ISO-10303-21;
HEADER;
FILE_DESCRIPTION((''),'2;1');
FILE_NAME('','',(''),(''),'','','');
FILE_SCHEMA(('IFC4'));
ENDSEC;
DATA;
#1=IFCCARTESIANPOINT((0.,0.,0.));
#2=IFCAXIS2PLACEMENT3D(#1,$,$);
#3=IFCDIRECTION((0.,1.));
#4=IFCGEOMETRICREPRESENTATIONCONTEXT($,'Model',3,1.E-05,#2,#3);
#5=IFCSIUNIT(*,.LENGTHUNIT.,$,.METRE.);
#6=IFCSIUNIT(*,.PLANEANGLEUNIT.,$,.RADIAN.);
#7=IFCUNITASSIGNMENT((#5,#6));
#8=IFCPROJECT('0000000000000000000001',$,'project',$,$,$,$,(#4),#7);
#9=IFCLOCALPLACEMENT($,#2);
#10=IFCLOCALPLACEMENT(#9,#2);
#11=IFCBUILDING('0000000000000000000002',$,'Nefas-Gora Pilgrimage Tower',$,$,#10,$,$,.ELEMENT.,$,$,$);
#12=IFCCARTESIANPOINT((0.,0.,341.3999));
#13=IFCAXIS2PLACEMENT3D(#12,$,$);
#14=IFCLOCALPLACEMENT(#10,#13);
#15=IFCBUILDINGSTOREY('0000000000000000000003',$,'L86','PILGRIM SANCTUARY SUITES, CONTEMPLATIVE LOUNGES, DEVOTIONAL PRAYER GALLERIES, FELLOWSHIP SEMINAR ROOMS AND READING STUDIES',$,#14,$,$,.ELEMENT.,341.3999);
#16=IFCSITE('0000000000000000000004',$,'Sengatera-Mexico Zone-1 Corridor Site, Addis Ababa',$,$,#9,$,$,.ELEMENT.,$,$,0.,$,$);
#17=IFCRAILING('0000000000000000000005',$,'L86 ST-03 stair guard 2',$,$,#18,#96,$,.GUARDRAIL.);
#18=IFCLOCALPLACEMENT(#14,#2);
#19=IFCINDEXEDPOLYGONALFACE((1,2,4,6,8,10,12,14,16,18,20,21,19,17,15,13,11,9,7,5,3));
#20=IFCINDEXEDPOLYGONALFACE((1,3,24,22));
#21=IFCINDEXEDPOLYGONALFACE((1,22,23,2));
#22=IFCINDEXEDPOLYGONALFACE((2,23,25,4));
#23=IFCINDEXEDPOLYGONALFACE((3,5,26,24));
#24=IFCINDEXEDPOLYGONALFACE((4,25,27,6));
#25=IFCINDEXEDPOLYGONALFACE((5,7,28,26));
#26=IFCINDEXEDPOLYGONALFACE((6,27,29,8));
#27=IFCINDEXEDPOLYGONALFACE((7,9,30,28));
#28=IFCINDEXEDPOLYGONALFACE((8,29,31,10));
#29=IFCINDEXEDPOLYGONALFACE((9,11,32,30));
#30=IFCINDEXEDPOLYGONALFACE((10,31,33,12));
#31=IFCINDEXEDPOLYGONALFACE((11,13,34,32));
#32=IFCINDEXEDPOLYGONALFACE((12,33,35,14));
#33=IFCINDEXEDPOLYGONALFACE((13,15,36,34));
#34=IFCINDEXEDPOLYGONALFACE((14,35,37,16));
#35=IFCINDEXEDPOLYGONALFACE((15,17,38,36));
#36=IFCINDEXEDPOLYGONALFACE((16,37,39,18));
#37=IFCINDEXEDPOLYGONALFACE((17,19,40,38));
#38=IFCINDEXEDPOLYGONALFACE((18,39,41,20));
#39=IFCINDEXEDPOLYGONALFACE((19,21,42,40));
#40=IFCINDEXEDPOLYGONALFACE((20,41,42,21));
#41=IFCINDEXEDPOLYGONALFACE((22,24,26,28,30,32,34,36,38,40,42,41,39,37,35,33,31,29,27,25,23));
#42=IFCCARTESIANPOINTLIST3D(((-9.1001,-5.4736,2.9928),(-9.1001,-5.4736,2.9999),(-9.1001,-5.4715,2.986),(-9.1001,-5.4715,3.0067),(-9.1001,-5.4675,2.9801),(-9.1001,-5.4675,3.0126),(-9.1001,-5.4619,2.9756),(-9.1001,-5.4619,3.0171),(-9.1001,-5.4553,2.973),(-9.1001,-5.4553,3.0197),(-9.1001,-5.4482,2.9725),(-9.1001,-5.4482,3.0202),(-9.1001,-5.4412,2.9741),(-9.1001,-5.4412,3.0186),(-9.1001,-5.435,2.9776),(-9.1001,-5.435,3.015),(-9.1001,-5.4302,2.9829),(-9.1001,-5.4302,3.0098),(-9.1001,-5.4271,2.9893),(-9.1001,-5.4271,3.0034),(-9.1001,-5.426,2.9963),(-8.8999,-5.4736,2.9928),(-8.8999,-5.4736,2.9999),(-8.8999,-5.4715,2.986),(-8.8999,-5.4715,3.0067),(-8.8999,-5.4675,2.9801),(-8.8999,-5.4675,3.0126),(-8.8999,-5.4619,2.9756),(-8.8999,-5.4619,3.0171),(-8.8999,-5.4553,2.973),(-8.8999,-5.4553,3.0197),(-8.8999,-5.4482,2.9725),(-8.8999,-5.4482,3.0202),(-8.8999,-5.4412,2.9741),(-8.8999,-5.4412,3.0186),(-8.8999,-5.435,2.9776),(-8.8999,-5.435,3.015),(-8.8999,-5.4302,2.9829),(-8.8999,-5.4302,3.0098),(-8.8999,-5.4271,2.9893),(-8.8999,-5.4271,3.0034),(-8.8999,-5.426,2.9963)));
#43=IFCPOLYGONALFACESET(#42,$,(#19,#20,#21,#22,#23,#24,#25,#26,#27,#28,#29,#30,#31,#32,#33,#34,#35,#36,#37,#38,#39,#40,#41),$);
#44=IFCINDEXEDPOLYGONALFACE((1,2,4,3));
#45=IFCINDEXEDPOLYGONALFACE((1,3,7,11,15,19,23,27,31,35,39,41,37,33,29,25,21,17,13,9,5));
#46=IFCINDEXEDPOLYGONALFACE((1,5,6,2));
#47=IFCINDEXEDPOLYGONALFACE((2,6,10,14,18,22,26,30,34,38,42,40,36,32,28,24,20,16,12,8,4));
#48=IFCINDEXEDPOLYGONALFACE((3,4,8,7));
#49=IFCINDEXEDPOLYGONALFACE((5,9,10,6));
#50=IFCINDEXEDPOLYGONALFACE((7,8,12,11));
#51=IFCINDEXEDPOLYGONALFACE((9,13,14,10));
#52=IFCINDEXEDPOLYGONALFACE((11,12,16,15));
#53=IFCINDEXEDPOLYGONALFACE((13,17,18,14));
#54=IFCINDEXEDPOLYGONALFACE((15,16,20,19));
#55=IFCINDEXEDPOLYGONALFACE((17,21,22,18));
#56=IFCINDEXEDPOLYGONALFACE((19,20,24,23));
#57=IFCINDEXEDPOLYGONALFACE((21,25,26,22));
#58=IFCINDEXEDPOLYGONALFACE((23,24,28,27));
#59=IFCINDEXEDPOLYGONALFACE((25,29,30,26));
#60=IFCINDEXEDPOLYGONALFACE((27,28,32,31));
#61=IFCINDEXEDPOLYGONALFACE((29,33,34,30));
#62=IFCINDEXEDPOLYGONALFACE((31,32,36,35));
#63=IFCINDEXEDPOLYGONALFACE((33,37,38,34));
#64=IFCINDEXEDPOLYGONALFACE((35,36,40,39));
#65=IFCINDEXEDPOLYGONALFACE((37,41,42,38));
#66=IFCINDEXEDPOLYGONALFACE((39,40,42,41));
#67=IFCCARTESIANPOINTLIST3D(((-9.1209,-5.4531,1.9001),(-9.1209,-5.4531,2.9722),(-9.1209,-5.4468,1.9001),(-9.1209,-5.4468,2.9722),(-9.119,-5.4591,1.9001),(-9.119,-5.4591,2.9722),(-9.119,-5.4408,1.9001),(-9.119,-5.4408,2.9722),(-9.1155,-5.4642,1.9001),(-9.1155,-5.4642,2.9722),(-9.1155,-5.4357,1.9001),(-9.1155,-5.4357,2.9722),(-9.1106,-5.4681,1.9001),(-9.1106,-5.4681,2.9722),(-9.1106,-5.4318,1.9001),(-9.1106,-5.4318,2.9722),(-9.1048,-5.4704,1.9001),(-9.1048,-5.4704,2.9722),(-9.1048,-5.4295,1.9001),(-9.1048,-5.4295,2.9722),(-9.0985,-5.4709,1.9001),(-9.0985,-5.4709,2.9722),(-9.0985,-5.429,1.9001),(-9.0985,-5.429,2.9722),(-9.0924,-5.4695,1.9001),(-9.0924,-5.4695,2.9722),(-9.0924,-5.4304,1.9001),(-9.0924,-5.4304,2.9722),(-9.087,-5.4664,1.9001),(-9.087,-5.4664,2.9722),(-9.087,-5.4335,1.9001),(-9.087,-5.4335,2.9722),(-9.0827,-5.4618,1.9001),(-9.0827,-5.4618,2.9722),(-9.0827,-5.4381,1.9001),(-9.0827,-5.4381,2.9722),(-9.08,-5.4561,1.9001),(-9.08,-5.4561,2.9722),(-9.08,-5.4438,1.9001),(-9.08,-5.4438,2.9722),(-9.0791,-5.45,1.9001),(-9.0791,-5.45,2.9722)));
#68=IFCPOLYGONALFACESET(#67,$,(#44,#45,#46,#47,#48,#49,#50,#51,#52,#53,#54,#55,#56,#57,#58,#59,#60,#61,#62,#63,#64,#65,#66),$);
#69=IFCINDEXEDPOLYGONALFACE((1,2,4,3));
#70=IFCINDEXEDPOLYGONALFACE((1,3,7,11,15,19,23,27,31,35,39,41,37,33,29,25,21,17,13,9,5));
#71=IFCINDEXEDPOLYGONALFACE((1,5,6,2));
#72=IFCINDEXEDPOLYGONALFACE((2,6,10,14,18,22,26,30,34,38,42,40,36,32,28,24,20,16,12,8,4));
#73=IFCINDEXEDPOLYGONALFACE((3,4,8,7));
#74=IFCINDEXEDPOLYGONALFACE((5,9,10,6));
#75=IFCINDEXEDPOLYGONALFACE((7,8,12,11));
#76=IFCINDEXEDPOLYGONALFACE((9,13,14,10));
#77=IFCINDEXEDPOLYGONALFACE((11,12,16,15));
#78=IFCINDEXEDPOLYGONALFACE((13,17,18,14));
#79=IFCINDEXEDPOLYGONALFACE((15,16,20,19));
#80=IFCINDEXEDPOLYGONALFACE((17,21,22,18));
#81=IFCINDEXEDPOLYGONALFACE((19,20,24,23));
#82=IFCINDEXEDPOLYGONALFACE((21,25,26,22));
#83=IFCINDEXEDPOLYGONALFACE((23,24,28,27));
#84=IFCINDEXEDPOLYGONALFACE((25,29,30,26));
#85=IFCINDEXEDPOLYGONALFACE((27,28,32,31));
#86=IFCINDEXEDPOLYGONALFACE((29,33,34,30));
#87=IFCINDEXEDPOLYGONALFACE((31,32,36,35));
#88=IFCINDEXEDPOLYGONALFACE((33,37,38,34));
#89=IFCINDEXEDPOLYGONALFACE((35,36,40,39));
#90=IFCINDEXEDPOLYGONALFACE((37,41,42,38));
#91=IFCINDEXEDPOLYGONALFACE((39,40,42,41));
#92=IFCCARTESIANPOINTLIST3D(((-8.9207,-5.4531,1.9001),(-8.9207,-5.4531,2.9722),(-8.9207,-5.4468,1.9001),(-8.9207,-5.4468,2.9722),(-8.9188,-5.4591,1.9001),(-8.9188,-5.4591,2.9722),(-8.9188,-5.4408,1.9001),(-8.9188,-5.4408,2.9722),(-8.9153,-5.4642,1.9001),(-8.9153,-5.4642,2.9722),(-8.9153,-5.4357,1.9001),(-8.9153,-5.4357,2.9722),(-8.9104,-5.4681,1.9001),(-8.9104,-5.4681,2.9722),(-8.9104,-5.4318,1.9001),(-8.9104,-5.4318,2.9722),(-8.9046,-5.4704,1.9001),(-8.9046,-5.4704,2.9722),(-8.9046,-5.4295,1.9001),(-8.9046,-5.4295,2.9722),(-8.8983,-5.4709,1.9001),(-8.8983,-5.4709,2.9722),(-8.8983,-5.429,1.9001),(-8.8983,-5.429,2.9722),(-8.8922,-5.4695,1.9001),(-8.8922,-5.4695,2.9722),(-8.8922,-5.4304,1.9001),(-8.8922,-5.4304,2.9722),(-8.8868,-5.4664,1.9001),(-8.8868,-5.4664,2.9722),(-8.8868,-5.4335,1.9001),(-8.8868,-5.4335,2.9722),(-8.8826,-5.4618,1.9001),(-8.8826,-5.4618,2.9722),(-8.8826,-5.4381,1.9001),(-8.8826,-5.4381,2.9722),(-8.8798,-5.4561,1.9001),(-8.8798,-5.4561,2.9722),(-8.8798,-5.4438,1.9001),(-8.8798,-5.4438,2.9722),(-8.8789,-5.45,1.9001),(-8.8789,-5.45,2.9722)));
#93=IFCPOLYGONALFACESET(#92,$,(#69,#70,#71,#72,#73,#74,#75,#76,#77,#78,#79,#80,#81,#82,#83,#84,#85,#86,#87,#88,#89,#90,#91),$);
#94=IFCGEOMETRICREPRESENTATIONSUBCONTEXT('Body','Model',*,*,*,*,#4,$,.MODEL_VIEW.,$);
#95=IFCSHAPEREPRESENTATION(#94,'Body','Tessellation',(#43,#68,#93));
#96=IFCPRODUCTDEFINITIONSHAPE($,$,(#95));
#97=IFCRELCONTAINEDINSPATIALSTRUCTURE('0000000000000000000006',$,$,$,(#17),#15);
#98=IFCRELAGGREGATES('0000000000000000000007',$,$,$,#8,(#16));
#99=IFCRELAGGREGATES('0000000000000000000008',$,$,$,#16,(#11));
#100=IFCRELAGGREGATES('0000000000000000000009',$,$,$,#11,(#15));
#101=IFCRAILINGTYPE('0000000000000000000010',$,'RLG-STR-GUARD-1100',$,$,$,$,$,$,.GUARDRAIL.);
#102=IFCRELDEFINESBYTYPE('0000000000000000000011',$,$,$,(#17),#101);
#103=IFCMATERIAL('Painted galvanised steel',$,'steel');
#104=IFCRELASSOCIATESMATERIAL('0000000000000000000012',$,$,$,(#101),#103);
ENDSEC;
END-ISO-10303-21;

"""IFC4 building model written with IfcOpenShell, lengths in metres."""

from ifc_helpers import new_model, si_unit, direction, frame, origin, origin_2d, place, context, subcontext, project, spatial, circle, extrude, material, type_object, element, save


model = new_model("IFC4")

# Units and contexts
model_context = context("Model", 3, precision=1e-05, world=origin(), true_north=direction((0.0, 1.0)))
body_context = subcontext(model_context, "Body", "Model", "MODEL_VIEW")
ifc_project = project(units=[si_unit("LENGTHUNIT", "METRE"), si_unit("PLANEANGLEUNIT", "RADIAN")], contexts=[model_context])

# Site, building, storey
site_placement = place(None, origin())
site = spatial("IfcSite", under=ifc_project, at=site_placement, Name="Sengatera-Mexico Zone-1 Corridor Site, Addis Ababa", CompositionType="ELEMENT", RefElevation=0.0)
building_placement = place(site_placement, origin())
building = spatial("IfcBuilding", under=site, at=building_placement, Name="Nefas-Gora Pilgrimage Tower", CompositionType="ELEMENT")
storey_placement = place(building_placement, frame((0.0, 0.0, 341.3999)))
storey = spatial("IfcBuildingStorey", under=building, at=storey_placement, Name="L86", Description="PILGRIM SANCTUARY SUITES, CONTEMPLATIVE LOUNGES, DEVOTIONAL PRAYER GALLERIES, FELLOWSHIP SEMINAR ROOMS AND READING STUDIES", CompositionType="ELEMENT", Elevation=341.3999)

# Railing
ifc_material_1 = material(Name="Painted galvanised steel", Category="steel")
railing_type_1 = type_object("IfcRailingType", Name="RLG-STR-GUARD-1100", PredefinedType="GUARDRAIL", material=ifc_material_1)
railing_1_placement = place(storey_placement, frame((-9.1001, -5.45, 1.9001)))
element("IfcRailing", 1, at=railing_1_placement, inside=storey, type_object=railing_type_1, Name="L86 ST-03 stair guard 2", PredefinedType="GUARDRAIL", context=body_context, shape_type="SweptSolid", body=[
    extrude(circle(Radius=0.0239, at=origin_2d()), frame((0.0, 0.0, 1.0962), z_axis=(1.0, 0.0, 0.0), x_axis=(0.0, 1.0, 0.0)), (0.0, 0.0, 1.0), 0.2002),
    extrude(circle(Radius=0.021, at=origin_2d()), origin(), (0.0, 0.0, 1.0), 1.072),
    extrude(circle(Radius=0.021, at=origin_2d()), frame((0.2002, 0.0, 0.0)), (0.0, 0.0, 1.0), 1.072),
])

save(model, "model.ifc")
